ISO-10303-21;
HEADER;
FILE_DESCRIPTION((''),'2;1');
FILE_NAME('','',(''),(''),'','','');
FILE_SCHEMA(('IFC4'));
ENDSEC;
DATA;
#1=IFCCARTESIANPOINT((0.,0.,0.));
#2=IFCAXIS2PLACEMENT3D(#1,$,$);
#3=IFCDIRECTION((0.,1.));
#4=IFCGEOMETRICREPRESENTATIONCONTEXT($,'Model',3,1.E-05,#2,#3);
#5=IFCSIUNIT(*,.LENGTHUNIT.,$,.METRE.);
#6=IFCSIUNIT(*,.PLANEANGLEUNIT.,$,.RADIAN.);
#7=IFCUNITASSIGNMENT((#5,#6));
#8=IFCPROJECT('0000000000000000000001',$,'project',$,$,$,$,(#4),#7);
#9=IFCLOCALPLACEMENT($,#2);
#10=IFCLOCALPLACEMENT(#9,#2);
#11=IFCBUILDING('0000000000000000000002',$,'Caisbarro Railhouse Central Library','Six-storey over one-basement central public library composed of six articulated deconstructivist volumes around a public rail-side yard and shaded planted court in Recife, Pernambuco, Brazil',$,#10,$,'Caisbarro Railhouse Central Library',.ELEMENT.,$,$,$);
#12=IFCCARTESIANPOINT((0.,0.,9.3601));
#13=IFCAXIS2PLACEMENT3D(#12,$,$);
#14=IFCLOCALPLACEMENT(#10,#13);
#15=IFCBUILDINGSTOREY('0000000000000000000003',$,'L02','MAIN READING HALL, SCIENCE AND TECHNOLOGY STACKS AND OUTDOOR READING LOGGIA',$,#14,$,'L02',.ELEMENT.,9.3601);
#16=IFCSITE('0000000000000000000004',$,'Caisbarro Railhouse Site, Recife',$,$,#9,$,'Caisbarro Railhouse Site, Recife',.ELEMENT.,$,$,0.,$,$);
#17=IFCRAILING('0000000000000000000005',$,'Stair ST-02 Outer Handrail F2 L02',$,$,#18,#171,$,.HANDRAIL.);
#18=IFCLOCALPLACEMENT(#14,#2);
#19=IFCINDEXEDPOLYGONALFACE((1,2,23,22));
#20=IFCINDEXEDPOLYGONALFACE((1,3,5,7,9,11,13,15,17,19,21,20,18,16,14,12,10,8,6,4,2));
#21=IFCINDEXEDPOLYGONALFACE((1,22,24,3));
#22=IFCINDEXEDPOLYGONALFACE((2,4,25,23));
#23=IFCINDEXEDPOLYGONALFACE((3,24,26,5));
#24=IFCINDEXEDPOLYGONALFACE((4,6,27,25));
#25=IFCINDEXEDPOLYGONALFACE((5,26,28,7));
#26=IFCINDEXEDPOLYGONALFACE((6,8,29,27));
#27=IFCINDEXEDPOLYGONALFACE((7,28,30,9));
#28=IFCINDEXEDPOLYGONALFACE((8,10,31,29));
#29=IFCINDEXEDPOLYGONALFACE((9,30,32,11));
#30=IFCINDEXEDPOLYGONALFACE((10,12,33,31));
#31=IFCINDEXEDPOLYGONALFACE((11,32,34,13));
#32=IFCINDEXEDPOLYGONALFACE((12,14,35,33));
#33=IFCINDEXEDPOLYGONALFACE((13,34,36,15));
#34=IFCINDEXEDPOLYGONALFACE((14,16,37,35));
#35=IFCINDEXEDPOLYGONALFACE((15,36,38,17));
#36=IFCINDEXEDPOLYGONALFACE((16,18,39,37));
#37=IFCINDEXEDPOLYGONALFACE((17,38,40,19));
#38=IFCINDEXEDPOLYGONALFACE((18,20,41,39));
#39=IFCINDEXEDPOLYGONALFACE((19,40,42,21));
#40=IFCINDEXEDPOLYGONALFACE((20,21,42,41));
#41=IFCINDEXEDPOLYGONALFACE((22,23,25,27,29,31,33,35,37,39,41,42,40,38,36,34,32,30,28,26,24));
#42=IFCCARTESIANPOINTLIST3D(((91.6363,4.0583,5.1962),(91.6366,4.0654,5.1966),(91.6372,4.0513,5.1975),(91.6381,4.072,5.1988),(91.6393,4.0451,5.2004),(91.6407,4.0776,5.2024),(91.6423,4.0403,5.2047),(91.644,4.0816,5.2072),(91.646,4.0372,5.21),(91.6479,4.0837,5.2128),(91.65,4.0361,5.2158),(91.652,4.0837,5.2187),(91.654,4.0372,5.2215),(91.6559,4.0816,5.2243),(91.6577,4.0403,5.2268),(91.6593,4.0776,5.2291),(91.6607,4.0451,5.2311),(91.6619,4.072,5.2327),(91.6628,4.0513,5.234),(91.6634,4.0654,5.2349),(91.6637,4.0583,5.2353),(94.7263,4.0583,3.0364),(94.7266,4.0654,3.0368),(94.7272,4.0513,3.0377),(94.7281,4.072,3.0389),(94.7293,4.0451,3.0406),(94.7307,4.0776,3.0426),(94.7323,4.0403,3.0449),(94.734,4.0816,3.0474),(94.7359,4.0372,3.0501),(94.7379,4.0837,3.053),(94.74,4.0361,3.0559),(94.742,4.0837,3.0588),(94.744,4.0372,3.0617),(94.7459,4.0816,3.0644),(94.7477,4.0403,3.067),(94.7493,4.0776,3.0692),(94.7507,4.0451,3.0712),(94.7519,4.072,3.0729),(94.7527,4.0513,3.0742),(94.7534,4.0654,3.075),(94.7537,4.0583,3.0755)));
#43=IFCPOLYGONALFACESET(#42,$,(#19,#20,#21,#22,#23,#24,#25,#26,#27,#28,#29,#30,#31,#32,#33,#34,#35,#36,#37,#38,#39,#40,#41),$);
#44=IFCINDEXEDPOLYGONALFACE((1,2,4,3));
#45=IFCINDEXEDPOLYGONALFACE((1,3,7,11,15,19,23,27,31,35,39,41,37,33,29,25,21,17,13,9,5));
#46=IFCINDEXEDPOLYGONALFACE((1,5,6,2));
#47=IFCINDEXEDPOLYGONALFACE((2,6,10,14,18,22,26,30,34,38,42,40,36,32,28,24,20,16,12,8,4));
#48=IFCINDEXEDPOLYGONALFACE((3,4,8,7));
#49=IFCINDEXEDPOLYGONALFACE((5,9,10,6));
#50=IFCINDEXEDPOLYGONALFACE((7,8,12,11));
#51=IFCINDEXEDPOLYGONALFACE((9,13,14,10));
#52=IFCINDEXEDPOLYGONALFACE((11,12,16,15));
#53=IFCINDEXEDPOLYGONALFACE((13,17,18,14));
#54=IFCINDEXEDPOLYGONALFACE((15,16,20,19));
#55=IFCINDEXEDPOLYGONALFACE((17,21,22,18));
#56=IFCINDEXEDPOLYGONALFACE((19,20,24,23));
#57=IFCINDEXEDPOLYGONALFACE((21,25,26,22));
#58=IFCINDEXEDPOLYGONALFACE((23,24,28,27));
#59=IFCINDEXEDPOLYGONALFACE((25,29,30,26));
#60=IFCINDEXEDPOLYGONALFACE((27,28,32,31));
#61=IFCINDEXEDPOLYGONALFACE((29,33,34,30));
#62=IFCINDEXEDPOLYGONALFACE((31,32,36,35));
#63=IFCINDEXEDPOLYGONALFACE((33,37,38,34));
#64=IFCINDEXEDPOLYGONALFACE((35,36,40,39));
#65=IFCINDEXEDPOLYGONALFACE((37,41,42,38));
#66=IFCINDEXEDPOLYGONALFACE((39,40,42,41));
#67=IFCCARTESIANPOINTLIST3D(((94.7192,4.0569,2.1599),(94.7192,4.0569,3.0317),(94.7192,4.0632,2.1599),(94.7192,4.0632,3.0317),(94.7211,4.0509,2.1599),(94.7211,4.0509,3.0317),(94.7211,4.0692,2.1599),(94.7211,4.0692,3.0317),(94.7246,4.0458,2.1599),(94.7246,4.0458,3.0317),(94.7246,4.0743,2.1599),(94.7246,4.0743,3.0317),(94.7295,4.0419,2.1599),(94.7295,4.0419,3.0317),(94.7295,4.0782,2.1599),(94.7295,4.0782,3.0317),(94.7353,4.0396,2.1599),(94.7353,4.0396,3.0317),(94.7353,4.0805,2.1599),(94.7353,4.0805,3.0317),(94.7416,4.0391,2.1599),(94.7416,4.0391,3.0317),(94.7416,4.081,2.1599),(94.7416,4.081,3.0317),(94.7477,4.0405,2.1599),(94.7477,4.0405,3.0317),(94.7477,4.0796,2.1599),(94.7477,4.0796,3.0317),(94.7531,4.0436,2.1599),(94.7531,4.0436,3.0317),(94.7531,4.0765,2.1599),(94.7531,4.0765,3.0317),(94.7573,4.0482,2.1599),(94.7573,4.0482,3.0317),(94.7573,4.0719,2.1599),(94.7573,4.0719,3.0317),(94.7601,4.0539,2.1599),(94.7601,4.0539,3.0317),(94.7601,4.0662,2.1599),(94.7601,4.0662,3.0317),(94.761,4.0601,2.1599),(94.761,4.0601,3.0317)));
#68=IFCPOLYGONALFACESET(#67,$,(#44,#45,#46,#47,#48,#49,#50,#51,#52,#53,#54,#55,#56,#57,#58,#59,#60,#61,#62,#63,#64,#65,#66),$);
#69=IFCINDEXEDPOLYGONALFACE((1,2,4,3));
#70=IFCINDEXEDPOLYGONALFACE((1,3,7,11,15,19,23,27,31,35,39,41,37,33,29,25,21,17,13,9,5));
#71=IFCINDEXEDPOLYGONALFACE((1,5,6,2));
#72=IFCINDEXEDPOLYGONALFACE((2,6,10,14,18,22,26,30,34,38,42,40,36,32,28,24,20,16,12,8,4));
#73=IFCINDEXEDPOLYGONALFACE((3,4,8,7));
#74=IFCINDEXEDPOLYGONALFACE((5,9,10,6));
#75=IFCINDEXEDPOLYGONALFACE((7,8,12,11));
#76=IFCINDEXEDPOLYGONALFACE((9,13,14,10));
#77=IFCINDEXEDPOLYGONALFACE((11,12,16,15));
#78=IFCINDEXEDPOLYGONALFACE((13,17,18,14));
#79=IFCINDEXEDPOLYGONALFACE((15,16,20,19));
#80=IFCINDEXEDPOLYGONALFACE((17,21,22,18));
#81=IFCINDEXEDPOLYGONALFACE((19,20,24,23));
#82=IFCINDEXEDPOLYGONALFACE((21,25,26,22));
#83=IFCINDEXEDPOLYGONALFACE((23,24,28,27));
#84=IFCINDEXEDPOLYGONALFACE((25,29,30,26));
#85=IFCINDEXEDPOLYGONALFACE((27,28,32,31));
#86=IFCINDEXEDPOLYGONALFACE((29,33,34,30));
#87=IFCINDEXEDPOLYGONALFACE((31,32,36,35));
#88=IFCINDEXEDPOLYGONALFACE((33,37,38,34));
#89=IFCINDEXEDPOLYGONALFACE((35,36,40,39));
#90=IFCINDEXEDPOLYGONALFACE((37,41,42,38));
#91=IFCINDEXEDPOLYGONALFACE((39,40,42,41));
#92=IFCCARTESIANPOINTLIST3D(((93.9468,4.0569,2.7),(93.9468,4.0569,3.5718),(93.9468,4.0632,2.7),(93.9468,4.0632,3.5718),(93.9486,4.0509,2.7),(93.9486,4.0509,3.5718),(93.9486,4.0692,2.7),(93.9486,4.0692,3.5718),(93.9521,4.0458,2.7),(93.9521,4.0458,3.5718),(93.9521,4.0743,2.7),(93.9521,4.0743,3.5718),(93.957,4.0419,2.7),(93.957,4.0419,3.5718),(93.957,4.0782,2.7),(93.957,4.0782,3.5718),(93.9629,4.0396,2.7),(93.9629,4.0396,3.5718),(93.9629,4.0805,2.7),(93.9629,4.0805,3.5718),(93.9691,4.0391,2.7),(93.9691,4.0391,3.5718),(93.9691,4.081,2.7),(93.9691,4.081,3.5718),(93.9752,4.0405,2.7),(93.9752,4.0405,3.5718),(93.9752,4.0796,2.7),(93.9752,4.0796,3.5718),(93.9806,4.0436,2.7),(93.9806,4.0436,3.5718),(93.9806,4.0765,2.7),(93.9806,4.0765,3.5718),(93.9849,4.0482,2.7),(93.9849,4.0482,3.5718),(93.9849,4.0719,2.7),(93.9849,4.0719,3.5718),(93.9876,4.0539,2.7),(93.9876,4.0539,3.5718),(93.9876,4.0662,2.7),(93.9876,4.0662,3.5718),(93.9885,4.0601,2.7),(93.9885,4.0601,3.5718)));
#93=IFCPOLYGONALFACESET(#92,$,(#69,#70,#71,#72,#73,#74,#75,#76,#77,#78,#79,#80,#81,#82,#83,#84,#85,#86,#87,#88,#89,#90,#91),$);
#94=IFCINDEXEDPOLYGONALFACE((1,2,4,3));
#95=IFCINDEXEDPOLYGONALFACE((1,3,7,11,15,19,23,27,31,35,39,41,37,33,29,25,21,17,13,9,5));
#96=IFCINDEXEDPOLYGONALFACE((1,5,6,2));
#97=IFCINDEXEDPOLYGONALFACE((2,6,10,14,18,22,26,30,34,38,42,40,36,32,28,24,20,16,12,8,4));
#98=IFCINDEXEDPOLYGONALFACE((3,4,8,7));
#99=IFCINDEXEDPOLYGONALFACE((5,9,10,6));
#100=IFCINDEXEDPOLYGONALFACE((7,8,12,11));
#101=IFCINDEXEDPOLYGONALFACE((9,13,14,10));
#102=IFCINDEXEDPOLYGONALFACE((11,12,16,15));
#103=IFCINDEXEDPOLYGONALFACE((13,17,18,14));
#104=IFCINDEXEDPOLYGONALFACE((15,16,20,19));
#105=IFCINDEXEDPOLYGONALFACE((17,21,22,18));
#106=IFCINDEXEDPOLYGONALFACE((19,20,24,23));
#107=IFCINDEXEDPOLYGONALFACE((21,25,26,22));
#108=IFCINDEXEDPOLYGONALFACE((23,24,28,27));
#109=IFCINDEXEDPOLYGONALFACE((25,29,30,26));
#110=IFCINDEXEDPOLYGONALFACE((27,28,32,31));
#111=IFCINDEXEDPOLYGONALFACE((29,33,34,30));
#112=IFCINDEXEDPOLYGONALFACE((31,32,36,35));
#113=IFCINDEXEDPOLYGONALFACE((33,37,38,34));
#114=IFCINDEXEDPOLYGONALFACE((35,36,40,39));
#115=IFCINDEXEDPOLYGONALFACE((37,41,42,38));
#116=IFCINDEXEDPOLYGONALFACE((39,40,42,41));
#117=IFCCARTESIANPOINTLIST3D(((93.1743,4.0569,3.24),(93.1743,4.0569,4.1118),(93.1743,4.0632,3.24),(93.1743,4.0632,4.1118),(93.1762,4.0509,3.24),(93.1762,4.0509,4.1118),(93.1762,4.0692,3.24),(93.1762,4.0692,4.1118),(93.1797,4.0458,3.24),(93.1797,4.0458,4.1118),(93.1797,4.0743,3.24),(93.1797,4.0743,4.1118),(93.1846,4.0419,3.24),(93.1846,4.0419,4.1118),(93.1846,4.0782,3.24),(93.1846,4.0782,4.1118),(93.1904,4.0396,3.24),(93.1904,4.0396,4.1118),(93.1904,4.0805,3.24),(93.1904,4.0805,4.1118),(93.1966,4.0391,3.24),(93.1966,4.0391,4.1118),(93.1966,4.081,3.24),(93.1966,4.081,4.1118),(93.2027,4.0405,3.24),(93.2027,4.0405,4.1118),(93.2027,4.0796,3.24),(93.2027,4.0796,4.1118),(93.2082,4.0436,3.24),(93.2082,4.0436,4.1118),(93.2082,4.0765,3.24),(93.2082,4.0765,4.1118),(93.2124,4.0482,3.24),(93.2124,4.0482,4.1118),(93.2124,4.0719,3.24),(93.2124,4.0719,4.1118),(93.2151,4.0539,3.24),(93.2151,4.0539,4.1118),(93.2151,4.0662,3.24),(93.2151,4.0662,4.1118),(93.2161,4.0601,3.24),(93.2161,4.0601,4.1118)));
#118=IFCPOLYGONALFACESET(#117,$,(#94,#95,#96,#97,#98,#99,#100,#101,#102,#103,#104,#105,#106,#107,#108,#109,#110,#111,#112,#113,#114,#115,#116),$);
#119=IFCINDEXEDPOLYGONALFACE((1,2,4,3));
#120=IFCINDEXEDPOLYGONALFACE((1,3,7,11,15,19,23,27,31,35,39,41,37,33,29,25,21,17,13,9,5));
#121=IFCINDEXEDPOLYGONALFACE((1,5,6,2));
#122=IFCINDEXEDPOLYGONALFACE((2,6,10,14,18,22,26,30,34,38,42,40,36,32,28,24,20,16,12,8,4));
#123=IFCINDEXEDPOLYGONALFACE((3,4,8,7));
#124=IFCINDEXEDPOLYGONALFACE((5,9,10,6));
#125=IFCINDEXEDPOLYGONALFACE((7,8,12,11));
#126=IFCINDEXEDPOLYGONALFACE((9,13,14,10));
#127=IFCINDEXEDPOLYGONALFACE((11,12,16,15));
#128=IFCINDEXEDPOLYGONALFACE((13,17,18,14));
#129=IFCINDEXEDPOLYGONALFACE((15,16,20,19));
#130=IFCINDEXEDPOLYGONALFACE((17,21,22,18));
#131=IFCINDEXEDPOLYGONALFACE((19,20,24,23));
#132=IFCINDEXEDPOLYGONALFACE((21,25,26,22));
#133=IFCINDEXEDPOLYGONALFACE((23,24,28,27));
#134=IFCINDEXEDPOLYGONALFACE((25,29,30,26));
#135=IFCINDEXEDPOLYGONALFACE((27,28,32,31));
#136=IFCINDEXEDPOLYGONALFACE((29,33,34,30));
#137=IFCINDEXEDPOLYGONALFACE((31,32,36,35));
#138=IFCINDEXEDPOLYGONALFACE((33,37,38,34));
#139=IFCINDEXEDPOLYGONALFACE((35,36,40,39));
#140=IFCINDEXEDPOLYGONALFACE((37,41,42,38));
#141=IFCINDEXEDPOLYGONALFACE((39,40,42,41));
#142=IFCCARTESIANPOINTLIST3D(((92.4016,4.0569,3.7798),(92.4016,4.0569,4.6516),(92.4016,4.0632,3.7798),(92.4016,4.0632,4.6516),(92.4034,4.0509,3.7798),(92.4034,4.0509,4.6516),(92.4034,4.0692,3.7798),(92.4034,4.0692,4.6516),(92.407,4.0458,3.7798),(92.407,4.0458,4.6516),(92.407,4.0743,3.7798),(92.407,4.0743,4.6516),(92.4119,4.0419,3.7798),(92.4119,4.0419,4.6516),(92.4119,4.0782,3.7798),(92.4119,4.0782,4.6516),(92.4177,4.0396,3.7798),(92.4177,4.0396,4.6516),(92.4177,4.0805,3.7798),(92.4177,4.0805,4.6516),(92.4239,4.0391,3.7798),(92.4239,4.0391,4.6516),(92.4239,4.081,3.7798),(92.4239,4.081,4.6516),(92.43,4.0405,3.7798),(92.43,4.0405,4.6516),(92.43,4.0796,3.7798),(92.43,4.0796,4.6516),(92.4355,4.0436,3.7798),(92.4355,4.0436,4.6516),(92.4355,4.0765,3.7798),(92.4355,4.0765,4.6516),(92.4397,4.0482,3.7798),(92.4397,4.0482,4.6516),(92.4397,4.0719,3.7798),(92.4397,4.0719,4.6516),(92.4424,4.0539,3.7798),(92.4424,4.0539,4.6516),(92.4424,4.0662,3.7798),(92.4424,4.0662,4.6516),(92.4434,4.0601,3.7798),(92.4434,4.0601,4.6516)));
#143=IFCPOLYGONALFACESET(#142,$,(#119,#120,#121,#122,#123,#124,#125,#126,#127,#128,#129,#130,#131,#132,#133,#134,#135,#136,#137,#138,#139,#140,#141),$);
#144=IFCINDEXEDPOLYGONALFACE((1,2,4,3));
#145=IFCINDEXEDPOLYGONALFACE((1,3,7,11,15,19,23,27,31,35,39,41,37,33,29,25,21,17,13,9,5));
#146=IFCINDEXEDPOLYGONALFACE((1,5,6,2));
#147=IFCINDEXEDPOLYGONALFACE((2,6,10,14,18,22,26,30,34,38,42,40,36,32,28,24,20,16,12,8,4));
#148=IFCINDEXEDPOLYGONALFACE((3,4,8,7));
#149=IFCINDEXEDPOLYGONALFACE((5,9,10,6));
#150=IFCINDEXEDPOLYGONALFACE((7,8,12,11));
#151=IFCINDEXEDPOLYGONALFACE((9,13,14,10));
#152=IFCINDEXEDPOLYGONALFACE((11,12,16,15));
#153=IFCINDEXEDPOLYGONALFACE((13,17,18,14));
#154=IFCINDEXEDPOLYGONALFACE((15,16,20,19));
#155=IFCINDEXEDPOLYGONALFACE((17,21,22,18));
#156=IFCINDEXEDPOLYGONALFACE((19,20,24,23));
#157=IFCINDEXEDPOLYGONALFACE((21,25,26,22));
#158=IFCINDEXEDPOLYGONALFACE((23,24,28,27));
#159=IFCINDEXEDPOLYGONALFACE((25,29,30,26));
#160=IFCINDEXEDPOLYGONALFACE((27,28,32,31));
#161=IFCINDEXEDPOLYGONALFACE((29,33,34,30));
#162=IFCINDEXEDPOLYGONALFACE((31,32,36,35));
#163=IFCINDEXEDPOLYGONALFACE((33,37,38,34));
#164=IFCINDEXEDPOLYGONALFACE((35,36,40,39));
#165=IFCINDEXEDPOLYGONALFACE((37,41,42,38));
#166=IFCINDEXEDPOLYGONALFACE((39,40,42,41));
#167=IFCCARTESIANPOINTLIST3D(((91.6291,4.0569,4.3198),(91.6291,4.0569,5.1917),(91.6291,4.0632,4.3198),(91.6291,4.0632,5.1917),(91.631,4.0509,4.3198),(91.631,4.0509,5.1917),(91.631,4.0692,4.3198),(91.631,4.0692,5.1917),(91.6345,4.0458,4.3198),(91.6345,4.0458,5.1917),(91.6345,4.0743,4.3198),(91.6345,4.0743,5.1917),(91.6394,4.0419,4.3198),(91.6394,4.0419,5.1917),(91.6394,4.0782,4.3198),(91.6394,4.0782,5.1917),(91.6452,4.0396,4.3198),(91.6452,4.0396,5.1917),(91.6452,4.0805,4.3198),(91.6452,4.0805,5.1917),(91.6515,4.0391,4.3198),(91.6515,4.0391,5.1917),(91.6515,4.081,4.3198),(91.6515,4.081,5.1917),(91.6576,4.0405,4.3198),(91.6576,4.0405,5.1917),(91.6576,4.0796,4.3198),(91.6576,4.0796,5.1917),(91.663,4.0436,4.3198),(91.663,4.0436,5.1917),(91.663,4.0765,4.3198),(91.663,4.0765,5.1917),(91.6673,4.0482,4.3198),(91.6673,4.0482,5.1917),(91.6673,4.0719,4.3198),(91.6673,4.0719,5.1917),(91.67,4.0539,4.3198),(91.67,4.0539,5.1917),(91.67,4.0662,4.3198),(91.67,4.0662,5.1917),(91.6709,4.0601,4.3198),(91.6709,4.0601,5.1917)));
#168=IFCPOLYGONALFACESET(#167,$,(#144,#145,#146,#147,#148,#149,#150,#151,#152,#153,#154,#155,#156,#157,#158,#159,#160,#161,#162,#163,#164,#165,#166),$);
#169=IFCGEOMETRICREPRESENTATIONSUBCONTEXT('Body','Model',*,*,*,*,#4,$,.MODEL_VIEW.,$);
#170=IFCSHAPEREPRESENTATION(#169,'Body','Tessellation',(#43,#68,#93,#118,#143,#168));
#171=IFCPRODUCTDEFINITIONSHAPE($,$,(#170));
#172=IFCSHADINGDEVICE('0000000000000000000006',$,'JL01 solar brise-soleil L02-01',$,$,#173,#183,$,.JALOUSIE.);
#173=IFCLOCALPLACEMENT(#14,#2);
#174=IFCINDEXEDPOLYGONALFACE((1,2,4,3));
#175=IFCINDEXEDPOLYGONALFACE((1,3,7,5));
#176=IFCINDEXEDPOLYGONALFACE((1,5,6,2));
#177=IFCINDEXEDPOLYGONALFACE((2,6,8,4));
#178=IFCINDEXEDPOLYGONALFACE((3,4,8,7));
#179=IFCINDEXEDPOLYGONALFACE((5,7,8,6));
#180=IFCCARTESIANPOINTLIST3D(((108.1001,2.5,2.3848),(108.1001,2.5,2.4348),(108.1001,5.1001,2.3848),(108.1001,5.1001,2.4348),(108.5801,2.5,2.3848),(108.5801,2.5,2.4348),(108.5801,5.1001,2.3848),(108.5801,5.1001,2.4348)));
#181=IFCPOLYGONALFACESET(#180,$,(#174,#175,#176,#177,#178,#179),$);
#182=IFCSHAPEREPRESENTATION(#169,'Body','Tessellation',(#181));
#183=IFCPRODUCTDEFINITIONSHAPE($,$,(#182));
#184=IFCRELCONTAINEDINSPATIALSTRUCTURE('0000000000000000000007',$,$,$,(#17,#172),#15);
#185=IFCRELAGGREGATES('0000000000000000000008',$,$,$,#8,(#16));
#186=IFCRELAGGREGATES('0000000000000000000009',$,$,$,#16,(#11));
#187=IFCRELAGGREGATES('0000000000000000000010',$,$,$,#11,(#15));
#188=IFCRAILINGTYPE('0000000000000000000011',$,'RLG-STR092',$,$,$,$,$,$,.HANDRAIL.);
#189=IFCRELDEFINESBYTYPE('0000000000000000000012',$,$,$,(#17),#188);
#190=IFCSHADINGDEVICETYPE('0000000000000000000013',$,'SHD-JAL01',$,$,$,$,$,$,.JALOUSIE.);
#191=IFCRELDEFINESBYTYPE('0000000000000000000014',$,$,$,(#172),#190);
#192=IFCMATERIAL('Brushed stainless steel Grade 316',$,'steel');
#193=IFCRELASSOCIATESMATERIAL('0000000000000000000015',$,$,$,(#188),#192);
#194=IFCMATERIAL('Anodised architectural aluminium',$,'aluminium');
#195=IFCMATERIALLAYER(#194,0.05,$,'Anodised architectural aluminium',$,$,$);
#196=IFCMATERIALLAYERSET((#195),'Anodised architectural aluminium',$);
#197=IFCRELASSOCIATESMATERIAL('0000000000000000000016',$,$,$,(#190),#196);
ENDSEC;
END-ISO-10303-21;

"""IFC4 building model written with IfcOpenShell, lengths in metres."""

from ifc_helpers import new_model, si_unit, direction, frame, origin, origin_2d, place, context, subcontext, project, spatial, rectangle, circle, extrude, material, layer, layer_set, type_object, element, save


model = new_model("IFC4")

# Units and contexts
model_context = context("Model", 3, precision=1e-05, world=origin(), true_north=direction((0.0, 1.0)))
body_context = subcontext(model_context, "Body", "Model", "MODEL_VIEW")
ifc_project = project(units=[si_unit("LENGTHUNIT", "METRE"), si_unit("PLANEANGLEUNIT", "RADIAN")], contexts=[model_context])

# Site, building, storey
site_placement = place(None, origin())
site = spatial("IfcSite", under=ifc_project, at=site_placement, Name="Caisbarro Railhouse Site, Recife", LongName="Caisbarro Railhouse Site, Recife", CompositionType="ELEMENT", RefElevation=0.0)
building_placement = place(site_placement, origin())
building = spatial("IfcBuilding", under=site, at=building_placement, Name="Caisbarro Railhouse Central Library", Description="Six-storey over one-basement central public library composed of six articulated deconstructivist volumes around a public rail-side yard and shaded planted court in Recife, Pernambuco, Brazil", LongName="Caisbarro Railhouse Central Library", CompositionType="ELEMENT")
storey_placement = place(building_placement, frame((0.0, 0.0, 9.3601)))
storey = spatial("IfcBuildingStorey", under=building, at=storey_placement, Name="L02", Description="MAIN READING HALL, SCIENCE AND TECHNOLOGY STACKS AND OUTDOOR READING LOGGIA", LongName="L02", CompositionType="ELEMENT", Elevation=9.3601)

# Railing
ifc_material_1 = material(Name="Brushed stainless steel Grade 316", Category="steel")
railing_type_1 = type_object("IfcRailingType", Name="RLG-STR092", PredefinedType="HANDRAIL", material=ifc_material_1)
railing_1_placement = place(storey_placement, frame((94.74, 4.0601, 2.1599)))
element("IfcRailing", 1, at=railing_1_placement, inside=storey, type_object=railing_type_1, Name="Stair ST-02 Outer Handrail F2 L02", PredefinedType="HANDRAIL", context=body_context, shape_type="SweptSolid", body=[
    extrude(circle(Radius=0.0239, at=origin_2d()), frame((0.0, 0.0, 0.896), z_axis=(-0.819624, 0.0, 0.572902), x_axis=(0.0, -1.0, 0.0)), (0.0, 0.0, 1.0), 3.77),
    extrude(circle(Radius=0.021, at=origin_2d()), origin(), (0.0, 0.0, 1.0), 0.8718),
    extrude(circle(Radius=0.021, at=origin_2d()), frame((-0.7725, 0.0, 0.54)), (0.0, 0.0, 1.0), 0.8718),
    extrude(circle(Radius=0.021, at=origin_2d()), frame((-1.5449, 0.0, 1.0801)), (0.0, 0.0, 1.0), 0.8718),
    extrude(circle(Radius=0.021, at=origin_2d()), frame((-2.3176, 0.0, 1.6199)), (0.0, 0.0, 1.0), 0.8718),
    extrude(circle(Radius=0.021, at=origin_2d()), frame((-3.0901, 0.0, 2.1599)), (0.0, 0.0, 1.0), 0.8718),
])

# Shading device
ifc_material_2 = material(Name="Anodised architectural aluminium", Category="aluminium")
ifc_layer_1 = layer(ifc_material_2, 0.05, Name="Anodised architectural aluminium")
ifc_layer_set_1 = layer_set([ifc_layer_1], Name="Anodised architectural aluminium")
shading_device_type = type_object("IfcShadingDeviceType", Name="SHD-JAL01", PredefinedType="JALOUSIE", material=ifc_layer_set_1)
shading_device_placement = place(storey_placement, frame((108.3401, 3.8, 2.3848), z_axis=(0.0, 0.0, 1.0), x_axis=(0.0, 1.0, 0.0)))
element("IfcShadingDevice", 2, at=shading_device_placement, inside=storey, type_object=shading_device_type, Name="JL01 solar brise-soleil L02-01", PredefinedType="JALOUSIE", context=body_context, shape_type="SweptSolid", body=[
    extrude(rectangle(XDim=2.6001, YDim=0.48, at=origin_2d()), origin(), (0.0, 0.0, 1.0), 0.05),
])

save(model, "model.ifc")
